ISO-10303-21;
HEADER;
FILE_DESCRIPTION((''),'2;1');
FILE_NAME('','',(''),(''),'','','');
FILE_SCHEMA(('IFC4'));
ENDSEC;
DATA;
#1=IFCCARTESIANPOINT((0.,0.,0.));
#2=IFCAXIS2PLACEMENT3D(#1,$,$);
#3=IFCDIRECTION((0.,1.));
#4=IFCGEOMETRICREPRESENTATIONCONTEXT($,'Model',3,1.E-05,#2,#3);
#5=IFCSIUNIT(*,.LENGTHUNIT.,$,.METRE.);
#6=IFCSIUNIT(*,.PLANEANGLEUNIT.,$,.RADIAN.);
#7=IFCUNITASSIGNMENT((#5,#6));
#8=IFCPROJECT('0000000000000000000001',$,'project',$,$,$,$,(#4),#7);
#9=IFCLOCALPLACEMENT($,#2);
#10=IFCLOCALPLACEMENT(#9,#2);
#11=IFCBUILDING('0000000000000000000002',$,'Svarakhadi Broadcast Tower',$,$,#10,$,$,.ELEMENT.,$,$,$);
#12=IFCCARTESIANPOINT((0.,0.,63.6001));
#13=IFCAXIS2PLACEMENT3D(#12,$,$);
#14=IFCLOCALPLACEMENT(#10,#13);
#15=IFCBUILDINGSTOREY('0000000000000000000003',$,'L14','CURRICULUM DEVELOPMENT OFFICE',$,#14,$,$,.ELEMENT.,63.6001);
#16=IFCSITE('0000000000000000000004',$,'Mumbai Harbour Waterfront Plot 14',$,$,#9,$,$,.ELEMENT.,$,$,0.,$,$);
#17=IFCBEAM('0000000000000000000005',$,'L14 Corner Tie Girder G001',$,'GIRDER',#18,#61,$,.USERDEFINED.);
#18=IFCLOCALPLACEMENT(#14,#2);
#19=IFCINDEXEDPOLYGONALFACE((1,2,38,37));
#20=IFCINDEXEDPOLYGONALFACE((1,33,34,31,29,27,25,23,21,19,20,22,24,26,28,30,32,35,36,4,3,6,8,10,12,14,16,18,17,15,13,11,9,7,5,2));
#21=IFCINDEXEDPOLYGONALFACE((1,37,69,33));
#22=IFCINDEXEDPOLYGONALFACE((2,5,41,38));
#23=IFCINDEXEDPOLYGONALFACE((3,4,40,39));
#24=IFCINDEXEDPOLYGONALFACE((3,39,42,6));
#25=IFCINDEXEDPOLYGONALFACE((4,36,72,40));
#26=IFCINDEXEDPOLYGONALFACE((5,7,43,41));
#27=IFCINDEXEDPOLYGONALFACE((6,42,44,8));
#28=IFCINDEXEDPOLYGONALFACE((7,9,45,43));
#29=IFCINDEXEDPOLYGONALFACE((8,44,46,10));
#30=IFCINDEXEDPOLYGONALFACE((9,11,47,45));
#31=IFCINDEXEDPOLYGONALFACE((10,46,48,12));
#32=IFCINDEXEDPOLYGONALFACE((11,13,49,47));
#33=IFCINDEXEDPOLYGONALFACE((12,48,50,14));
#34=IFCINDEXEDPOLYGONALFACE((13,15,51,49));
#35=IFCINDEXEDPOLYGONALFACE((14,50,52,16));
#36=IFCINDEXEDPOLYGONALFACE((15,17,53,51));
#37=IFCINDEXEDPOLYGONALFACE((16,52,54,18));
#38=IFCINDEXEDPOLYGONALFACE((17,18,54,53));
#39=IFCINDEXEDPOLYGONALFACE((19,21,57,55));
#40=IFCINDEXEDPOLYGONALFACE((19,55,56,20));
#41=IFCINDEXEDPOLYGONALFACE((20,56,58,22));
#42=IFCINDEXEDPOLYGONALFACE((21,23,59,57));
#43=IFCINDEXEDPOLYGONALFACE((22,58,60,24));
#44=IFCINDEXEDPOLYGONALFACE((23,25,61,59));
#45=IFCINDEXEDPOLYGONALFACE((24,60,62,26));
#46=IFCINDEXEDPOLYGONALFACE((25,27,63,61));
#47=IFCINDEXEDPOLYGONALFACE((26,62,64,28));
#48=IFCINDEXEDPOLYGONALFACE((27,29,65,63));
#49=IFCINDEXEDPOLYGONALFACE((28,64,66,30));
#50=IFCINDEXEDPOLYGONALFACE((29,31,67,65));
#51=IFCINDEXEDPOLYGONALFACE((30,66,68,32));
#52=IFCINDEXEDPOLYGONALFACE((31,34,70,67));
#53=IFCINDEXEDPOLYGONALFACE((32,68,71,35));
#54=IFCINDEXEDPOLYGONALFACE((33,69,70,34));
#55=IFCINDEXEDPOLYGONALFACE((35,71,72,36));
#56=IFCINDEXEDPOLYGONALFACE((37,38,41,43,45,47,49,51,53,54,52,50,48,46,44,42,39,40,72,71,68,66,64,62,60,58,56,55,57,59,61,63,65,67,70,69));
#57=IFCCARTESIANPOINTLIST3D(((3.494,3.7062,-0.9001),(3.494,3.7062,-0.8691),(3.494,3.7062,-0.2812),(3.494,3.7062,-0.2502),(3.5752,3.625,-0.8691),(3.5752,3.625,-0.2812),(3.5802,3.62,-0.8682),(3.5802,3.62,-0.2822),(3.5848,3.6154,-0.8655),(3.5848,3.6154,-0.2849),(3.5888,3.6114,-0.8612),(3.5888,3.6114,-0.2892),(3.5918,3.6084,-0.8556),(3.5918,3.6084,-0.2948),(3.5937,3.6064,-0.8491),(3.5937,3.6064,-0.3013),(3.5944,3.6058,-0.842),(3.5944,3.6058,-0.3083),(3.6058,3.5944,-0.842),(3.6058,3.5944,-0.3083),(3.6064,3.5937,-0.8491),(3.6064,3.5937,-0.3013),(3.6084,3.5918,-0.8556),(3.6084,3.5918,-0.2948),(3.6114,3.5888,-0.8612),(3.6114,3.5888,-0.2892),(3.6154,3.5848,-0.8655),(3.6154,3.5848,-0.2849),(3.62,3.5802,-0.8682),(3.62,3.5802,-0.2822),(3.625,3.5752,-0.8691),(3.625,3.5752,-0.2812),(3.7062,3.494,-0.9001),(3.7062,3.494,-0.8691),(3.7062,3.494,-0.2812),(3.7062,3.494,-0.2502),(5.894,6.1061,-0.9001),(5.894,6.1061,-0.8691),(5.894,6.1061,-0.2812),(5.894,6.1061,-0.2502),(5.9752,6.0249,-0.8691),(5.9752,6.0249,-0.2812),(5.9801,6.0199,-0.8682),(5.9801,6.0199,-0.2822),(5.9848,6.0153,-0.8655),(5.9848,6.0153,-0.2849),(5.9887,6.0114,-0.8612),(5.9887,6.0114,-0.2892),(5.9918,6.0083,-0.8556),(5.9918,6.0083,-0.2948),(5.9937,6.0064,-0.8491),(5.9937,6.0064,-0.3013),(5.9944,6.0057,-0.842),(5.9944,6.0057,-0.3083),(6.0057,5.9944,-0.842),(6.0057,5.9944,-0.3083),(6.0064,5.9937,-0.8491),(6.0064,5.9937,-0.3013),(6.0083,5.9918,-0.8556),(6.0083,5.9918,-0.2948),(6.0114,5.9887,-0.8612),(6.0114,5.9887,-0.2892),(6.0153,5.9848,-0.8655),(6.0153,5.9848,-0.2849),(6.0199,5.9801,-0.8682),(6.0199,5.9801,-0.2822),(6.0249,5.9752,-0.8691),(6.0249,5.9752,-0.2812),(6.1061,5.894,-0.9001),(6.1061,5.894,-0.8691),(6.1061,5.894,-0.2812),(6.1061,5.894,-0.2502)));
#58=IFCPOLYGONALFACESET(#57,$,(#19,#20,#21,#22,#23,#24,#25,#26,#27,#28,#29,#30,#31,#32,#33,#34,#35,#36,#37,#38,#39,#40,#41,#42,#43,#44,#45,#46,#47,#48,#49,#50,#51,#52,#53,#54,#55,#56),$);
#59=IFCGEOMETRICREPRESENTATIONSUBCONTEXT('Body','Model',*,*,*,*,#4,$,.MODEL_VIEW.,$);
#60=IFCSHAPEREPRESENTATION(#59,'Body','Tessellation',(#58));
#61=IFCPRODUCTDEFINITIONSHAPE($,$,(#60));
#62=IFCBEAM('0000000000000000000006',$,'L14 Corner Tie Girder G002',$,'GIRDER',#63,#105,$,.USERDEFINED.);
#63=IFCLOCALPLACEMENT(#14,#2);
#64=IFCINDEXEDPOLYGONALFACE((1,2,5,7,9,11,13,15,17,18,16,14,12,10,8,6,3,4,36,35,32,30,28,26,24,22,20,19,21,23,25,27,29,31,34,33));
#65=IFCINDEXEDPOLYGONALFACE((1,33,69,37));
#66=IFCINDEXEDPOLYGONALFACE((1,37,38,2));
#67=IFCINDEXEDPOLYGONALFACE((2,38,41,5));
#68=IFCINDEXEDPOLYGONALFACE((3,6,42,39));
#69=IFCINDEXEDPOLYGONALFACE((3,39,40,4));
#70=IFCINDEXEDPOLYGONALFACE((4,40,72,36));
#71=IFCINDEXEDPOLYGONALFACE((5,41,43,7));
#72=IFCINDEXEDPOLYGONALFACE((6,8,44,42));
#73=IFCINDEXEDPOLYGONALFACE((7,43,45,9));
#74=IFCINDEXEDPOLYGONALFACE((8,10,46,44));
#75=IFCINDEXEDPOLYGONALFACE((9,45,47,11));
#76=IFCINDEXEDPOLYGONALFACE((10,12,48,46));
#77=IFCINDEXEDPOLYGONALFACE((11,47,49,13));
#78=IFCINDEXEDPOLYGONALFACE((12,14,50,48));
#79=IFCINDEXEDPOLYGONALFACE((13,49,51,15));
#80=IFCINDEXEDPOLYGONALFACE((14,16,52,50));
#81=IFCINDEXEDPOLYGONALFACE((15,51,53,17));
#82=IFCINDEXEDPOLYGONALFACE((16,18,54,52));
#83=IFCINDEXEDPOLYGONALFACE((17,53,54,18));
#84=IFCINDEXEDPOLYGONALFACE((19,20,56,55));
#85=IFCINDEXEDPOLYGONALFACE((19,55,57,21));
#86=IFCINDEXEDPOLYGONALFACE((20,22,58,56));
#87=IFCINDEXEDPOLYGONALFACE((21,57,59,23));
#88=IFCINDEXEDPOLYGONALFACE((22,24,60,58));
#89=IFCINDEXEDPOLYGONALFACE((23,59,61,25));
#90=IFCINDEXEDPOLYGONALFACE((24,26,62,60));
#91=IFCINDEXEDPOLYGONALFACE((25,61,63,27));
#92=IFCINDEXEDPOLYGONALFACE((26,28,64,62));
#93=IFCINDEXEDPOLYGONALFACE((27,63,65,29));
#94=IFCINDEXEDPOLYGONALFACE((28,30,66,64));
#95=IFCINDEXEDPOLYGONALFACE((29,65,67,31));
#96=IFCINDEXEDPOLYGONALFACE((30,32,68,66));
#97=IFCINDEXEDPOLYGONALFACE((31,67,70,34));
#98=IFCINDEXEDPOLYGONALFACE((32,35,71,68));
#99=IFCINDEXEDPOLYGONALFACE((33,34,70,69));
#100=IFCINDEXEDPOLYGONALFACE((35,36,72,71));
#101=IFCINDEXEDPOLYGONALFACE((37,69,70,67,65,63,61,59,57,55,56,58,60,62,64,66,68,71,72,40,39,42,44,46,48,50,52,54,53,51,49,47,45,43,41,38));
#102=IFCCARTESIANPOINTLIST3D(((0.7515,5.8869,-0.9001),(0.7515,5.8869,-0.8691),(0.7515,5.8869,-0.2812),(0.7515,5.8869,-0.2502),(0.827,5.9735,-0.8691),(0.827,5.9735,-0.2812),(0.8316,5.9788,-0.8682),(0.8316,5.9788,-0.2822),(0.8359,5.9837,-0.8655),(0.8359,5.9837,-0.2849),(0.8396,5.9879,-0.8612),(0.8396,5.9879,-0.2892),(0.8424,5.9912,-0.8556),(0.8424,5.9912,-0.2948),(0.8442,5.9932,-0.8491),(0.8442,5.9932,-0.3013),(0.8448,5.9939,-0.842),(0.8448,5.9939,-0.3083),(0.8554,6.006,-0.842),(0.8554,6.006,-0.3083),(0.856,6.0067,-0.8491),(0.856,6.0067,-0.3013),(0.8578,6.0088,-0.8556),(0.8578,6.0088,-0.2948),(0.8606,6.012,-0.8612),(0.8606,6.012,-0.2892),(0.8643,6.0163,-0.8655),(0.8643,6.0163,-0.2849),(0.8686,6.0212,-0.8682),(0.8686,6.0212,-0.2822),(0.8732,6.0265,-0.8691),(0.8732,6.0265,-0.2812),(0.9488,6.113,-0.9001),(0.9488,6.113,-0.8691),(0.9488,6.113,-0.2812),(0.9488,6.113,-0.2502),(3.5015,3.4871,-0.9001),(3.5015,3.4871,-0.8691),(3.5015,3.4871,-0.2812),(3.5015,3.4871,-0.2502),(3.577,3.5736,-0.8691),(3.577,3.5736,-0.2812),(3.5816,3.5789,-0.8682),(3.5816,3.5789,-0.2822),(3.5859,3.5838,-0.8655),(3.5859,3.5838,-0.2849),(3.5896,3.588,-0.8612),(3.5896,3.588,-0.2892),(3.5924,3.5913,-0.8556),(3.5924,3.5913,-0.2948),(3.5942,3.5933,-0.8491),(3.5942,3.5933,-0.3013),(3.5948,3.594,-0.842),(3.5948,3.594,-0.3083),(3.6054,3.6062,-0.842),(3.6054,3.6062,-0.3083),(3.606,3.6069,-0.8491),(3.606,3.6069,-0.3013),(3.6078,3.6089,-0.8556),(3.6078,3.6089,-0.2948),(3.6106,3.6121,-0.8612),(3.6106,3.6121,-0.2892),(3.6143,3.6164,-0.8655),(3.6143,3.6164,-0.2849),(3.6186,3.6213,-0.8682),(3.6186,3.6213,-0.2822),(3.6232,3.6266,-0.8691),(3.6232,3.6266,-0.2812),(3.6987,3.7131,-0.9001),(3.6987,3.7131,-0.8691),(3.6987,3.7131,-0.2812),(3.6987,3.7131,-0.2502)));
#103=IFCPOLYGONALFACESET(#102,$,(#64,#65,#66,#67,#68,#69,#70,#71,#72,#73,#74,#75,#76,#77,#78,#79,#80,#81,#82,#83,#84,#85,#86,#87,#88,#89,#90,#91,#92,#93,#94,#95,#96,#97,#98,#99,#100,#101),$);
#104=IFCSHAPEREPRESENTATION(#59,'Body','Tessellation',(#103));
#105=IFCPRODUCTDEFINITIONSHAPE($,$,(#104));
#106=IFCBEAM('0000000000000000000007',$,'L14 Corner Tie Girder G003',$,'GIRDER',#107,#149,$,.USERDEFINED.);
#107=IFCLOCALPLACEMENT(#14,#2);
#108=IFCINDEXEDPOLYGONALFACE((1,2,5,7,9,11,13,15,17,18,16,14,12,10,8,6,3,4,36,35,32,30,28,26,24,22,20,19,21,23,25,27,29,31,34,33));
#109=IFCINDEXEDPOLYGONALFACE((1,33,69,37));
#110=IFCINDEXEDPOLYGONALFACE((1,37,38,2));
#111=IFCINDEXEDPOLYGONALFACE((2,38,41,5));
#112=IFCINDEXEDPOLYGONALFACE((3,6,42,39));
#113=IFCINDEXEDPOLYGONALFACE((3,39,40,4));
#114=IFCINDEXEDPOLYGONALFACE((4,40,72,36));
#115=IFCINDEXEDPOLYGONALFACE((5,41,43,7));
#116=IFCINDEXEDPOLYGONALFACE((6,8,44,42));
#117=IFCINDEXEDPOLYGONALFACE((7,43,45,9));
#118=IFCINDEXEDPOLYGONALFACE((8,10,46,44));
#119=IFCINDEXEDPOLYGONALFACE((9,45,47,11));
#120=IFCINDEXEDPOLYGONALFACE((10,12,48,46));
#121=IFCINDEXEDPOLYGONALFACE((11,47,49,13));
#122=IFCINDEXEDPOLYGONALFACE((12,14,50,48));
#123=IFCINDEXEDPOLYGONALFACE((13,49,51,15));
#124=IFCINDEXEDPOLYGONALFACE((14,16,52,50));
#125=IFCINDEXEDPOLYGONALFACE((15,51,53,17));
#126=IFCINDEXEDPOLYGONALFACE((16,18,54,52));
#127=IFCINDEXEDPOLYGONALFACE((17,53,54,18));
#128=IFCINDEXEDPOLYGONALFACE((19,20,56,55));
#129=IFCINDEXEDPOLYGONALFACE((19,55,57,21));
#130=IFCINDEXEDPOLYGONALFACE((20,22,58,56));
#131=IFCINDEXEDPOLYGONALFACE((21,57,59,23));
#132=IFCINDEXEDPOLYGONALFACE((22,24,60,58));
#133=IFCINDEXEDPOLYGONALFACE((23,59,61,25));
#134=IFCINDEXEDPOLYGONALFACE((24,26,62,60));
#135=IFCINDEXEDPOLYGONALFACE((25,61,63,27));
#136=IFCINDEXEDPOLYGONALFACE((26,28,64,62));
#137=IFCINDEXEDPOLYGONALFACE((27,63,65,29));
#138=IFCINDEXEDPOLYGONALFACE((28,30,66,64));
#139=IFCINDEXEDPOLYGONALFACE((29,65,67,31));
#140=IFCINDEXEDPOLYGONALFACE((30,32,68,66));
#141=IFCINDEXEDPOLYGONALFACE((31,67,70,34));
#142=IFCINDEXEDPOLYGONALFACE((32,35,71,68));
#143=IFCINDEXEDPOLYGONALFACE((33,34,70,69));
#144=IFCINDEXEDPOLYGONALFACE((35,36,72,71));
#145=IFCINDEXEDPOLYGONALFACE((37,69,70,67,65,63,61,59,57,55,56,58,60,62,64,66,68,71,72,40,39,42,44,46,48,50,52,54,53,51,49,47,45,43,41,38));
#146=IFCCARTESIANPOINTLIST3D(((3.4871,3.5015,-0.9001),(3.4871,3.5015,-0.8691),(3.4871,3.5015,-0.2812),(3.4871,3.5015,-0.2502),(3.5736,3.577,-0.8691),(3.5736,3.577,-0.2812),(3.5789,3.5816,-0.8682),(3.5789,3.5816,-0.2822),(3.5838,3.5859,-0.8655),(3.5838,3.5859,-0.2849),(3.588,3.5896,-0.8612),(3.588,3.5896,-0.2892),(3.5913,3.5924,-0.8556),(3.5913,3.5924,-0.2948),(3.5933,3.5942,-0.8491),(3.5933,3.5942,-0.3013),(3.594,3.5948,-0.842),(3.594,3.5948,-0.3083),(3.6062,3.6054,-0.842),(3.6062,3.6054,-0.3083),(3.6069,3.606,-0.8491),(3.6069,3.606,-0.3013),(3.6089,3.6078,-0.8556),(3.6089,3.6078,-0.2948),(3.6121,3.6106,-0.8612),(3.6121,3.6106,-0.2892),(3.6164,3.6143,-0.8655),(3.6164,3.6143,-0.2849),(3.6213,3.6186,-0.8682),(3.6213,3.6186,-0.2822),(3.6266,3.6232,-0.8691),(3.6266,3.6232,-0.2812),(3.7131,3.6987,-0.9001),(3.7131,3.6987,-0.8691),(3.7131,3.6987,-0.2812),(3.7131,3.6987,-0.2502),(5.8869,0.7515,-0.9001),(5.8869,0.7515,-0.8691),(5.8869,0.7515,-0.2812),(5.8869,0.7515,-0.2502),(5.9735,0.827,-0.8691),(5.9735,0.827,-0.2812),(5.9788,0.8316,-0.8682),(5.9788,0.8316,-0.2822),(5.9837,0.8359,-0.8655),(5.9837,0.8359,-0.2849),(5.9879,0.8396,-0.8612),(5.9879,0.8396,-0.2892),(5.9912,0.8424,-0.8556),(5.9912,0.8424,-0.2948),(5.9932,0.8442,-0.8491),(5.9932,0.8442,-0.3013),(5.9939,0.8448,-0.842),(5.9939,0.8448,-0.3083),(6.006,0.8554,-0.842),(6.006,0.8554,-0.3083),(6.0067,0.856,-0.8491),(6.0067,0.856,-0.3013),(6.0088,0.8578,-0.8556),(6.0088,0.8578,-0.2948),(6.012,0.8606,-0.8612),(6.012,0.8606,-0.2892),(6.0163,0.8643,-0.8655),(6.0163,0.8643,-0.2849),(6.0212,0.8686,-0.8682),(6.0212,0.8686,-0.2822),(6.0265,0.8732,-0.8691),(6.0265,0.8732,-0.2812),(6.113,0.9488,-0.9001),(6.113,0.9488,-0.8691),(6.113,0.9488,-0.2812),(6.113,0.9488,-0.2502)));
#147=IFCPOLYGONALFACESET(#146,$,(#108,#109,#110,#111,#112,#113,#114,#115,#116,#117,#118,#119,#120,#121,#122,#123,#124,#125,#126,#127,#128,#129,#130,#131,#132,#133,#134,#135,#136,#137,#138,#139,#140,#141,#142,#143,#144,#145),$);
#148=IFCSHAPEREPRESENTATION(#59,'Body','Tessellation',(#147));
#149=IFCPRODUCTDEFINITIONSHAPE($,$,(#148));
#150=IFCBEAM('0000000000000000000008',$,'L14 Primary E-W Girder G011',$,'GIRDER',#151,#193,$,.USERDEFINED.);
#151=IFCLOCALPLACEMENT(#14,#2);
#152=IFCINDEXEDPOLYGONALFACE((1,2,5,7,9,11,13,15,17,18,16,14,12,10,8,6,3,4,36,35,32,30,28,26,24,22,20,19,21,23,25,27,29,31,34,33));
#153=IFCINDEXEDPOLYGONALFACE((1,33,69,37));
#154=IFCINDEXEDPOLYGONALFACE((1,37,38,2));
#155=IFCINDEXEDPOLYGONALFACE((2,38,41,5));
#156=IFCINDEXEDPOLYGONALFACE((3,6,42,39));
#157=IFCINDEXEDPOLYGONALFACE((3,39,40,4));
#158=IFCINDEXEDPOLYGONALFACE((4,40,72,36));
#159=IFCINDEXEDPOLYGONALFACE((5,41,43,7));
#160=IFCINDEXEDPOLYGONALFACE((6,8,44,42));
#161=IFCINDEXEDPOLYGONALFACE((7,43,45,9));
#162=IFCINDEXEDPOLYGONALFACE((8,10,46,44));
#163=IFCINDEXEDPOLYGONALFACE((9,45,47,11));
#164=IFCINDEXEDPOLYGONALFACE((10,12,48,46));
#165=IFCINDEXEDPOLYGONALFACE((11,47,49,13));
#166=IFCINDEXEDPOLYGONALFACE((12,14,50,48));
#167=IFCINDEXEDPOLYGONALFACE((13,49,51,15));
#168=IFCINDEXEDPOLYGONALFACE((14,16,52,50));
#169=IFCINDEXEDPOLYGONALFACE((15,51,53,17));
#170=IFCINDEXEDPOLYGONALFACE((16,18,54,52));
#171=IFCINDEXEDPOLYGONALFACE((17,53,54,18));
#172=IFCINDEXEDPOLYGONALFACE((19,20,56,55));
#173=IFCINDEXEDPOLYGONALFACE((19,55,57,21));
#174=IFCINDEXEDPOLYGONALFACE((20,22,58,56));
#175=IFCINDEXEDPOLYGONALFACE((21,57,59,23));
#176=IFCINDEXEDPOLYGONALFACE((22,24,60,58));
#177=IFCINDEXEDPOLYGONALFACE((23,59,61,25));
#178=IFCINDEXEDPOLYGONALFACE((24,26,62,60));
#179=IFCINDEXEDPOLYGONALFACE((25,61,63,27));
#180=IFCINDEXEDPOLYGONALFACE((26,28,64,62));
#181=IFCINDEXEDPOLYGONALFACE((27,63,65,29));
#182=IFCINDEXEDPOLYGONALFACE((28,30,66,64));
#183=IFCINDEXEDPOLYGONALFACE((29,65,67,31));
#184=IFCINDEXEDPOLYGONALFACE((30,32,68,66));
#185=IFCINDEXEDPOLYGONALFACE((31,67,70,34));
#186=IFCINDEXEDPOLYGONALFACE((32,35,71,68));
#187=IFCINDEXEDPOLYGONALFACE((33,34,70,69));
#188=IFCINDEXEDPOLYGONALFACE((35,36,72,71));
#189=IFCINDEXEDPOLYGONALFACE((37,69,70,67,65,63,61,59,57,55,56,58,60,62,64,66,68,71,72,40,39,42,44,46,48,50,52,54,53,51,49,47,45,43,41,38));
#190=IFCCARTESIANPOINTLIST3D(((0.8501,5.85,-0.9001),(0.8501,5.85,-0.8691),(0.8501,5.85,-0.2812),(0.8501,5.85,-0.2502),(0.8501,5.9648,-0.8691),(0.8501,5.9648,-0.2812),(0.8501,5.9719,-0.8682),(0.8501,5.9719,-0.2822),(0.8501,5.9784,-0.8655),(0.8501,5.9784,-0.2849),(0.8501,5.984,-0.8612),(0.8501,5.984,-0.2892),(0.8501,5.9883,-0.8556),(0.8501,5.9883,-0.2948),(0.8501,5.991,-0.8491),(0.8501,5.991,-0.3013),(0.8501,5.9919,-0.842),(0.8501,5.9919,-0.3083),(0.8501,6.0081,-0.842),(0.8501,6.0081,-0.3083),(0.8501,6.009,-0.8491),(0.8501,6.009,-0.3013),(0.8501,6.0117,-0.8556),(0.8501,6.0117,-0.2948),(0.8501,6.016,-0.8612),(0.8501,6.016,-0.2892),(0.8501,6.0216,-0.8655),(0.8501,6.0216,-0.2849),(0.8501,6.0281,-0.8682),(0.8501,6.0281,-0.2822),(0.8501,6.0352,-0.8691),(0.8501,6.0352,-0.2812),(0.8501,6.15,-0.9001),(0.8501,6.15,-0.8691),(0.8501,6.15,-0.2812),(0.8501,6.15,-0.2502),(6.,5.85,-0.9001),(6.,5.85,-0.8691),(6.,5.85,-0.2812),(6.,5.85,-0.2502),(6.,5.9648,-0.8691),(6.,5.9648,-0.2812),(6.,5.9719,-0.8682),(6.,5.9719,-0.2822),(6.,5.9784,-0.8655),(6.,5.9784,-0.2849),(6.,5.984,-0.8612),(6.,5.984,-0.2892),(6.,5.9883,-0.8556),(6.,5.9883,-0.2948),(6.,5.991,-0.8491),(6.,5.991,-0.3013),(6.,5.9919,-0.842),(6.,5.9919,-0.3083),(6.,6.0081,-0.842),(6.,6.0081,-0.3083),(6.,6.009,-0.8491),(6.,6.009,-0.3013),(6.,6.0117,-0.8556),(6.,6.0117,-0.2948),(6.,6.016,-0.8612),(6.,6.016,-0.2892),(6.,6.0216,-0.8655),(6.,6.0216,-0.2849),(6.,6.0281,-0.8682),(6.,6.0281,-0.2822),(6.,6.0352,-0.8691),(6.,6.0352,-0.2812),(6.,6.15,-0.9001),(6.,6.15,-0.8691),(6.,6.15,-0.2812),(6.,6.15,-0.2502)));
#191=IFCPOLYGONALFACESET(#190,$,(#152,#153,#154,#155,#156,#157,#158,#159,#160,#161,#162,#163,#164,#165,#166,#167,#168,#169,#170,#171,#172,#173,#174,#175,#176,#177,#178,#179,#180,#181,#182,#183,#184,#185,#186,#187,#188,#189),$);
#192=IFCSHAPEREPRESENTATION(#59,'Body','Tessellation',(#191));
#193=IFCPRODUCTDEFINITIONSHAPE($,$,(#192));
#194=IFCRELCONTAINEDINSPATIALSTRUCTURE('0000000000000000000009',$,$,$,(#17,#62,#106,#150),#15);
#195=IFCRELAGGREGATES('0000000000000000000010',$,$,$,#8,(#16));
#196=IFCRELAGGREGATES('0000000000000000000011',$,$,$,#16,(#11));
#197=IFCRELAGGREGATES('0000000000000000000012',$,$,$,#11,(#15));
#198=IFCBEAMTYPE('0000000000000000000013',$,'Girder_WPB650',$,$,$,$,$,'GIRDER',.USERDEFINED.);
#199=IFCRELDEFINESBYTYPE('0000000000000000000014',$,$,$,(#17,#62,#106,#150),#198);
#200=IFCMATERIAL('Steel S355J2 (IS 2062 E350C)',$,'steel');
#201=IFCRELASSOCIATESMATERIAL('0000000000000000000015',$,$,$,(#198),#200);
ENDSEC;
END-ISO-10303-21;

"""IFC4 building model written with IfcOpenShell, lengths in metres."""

from ifc_helpers import new_model, si_unit, direction, frame, origin, origin_2d, place, context, subcontext, project, spatial, i_section, extrude, material, material_profile, profile_set, type_object, element, save


model = new_model("IFC4")

# Units and contexts
model_context = context("Model", 3, precision=1e-05, world=origin(), true_north=direction((0.0, 1.0)))
body_context = subcontext(model_context, "Body", "Model", "MODEL_VIEW")
ifc_project = project(units=[si_unit("LENGTHUNIT", "METRE"), si_unit("PLANEANGLEUNIT", "RADIAN")], contexts=[model_context])

# Site, building, storey
site_placement = place(None, origin())
site = spatial("IfcSite", under=ifc_project, at=site_placement, Name="Mumbai Harbour Waterfront Plot 14", CompositionType="ELEMENT", RefElevation=0.0)
building_placement = place(site_placement, origin())
building = spatial("IfcBuilding", under=site, at=building_placement, Name="Svarakhadi Broadcast Tower", CompositionType="ELEMENT")
storey_placement = place(building_placement, frame((0.0, 0.0, 63.6001)))
storey = spatial("IfcBuildingStorey", under=building, at=storey_placement, Name="L14", Description="CURRICULUM DEVELOPMENT OFFICE", CompositionType="ELEMENT", Elevation=63.6001)

# Beams
ifc_material_1 = material(Name="Steel S355J2 (IS 2062 E350C)", Category="steel")
ifc_material_profile_1 = material_profile(ifc_material_1, i_section(OverallWidth=0.3, OverallDepth=0.6499, WebThickness=0.0161, FlangeThickness=0.031, FilletRadius=0.0271, at=origin_2d()), Name="WPB 650x300x225")
ifc_profile_set_1 = profile_set([ifc_material_profile_1], Name="Steel S355J2 (IS 2062 E350C)")
beam_type = type_object("IfcBeamType", Name="Girder_WPB650", ElementType="GIRDER", PredefinedType="USERDEFINED", material=ifc_profile_set_1)
beam_1_placement = place(storey_placement, frame((3.6001, 3.6001, -0.5752), z_axis=(0.707107, 0.707107, 0.0), x_axis=(-0.707107, 0.707107, 0.0)))
element("IfcBeam", 1, at=beam_1_placement, inside=storey, type_object=beam_type, Name="L14 Corner Tie Girder G001", ObjectType="GIRDER", PredefinedType="USERDEFINED", context=body_context, shape_type="SweptSolid", body=[
    extrude(i_section(OverallWidth=0.3, OverallDepth=0.6499, WebThickness=0.0161, FlangeThickness=0.031, FilletRadius=0.0271, at=origin_2d()), origin(), (0.0, 0.0, 1.0), 3.394),
])
for number, where, z_axis, x_axis, name in (
    (2, (3.6001, 3.6001, -0.5752), (-0.753438, 0.657519, 0.0), (-0.657519, -0.753438, 0.0), "L14 Corner Tie Girder G002"),
    (3, (3.6001, 3.6001, -0.5752), (0.657519, -0.753438, 0.0), (0.753438, 0.657519, 0.0), "L14 Corner Tie Girder G003"),
):
    element("IfcBeam", number, at=place(storey_placement, frame(where, z_axis=z_axis, x_axis=x_axis)), inside=storey, type_object=beam_type, Name=name, ObjectType="GIRDER", PredefinedType="USERDEFINED", context=body_context, shape_type="SweptSolid", body=[
        extrude(i_section(OverallWidth=0.3, OverallDepth=0.6499, WebThickness=0.0161, FlangeThickness=0.031, FilletRadius=0.0271, at=origin_2d()), origin(), (0.0, 0.0, 1.0), 3.6499),
    ])
beam_2_placement = place(storey_placement, frame((0.8501, 6.0, -0.5752), z_axis=(1.0, 0.0, 0.0), x_axis=(0.0, 1.0, 0.0)))
element("IfcBeam", 4, at=beam_2_placement, inside=storey, type_object=beam_type, Name="L14 Primary E-W Girder G011", ObjectType="GIRDER", PredefinedType="USERDEFINED", context=body_context, shape_type="SweptSolid", body=[
    extrude(i_section(OverallWidth=0.3, OverallDepth=0.6499, WebThickness=0.0161, FlangeThickness=0.031, FilletRadius=0.0271, at=origin_2d()), origin(), (0.0, 0.0, 1.0), 5.1499),
])

save(model, "model.ifc")
